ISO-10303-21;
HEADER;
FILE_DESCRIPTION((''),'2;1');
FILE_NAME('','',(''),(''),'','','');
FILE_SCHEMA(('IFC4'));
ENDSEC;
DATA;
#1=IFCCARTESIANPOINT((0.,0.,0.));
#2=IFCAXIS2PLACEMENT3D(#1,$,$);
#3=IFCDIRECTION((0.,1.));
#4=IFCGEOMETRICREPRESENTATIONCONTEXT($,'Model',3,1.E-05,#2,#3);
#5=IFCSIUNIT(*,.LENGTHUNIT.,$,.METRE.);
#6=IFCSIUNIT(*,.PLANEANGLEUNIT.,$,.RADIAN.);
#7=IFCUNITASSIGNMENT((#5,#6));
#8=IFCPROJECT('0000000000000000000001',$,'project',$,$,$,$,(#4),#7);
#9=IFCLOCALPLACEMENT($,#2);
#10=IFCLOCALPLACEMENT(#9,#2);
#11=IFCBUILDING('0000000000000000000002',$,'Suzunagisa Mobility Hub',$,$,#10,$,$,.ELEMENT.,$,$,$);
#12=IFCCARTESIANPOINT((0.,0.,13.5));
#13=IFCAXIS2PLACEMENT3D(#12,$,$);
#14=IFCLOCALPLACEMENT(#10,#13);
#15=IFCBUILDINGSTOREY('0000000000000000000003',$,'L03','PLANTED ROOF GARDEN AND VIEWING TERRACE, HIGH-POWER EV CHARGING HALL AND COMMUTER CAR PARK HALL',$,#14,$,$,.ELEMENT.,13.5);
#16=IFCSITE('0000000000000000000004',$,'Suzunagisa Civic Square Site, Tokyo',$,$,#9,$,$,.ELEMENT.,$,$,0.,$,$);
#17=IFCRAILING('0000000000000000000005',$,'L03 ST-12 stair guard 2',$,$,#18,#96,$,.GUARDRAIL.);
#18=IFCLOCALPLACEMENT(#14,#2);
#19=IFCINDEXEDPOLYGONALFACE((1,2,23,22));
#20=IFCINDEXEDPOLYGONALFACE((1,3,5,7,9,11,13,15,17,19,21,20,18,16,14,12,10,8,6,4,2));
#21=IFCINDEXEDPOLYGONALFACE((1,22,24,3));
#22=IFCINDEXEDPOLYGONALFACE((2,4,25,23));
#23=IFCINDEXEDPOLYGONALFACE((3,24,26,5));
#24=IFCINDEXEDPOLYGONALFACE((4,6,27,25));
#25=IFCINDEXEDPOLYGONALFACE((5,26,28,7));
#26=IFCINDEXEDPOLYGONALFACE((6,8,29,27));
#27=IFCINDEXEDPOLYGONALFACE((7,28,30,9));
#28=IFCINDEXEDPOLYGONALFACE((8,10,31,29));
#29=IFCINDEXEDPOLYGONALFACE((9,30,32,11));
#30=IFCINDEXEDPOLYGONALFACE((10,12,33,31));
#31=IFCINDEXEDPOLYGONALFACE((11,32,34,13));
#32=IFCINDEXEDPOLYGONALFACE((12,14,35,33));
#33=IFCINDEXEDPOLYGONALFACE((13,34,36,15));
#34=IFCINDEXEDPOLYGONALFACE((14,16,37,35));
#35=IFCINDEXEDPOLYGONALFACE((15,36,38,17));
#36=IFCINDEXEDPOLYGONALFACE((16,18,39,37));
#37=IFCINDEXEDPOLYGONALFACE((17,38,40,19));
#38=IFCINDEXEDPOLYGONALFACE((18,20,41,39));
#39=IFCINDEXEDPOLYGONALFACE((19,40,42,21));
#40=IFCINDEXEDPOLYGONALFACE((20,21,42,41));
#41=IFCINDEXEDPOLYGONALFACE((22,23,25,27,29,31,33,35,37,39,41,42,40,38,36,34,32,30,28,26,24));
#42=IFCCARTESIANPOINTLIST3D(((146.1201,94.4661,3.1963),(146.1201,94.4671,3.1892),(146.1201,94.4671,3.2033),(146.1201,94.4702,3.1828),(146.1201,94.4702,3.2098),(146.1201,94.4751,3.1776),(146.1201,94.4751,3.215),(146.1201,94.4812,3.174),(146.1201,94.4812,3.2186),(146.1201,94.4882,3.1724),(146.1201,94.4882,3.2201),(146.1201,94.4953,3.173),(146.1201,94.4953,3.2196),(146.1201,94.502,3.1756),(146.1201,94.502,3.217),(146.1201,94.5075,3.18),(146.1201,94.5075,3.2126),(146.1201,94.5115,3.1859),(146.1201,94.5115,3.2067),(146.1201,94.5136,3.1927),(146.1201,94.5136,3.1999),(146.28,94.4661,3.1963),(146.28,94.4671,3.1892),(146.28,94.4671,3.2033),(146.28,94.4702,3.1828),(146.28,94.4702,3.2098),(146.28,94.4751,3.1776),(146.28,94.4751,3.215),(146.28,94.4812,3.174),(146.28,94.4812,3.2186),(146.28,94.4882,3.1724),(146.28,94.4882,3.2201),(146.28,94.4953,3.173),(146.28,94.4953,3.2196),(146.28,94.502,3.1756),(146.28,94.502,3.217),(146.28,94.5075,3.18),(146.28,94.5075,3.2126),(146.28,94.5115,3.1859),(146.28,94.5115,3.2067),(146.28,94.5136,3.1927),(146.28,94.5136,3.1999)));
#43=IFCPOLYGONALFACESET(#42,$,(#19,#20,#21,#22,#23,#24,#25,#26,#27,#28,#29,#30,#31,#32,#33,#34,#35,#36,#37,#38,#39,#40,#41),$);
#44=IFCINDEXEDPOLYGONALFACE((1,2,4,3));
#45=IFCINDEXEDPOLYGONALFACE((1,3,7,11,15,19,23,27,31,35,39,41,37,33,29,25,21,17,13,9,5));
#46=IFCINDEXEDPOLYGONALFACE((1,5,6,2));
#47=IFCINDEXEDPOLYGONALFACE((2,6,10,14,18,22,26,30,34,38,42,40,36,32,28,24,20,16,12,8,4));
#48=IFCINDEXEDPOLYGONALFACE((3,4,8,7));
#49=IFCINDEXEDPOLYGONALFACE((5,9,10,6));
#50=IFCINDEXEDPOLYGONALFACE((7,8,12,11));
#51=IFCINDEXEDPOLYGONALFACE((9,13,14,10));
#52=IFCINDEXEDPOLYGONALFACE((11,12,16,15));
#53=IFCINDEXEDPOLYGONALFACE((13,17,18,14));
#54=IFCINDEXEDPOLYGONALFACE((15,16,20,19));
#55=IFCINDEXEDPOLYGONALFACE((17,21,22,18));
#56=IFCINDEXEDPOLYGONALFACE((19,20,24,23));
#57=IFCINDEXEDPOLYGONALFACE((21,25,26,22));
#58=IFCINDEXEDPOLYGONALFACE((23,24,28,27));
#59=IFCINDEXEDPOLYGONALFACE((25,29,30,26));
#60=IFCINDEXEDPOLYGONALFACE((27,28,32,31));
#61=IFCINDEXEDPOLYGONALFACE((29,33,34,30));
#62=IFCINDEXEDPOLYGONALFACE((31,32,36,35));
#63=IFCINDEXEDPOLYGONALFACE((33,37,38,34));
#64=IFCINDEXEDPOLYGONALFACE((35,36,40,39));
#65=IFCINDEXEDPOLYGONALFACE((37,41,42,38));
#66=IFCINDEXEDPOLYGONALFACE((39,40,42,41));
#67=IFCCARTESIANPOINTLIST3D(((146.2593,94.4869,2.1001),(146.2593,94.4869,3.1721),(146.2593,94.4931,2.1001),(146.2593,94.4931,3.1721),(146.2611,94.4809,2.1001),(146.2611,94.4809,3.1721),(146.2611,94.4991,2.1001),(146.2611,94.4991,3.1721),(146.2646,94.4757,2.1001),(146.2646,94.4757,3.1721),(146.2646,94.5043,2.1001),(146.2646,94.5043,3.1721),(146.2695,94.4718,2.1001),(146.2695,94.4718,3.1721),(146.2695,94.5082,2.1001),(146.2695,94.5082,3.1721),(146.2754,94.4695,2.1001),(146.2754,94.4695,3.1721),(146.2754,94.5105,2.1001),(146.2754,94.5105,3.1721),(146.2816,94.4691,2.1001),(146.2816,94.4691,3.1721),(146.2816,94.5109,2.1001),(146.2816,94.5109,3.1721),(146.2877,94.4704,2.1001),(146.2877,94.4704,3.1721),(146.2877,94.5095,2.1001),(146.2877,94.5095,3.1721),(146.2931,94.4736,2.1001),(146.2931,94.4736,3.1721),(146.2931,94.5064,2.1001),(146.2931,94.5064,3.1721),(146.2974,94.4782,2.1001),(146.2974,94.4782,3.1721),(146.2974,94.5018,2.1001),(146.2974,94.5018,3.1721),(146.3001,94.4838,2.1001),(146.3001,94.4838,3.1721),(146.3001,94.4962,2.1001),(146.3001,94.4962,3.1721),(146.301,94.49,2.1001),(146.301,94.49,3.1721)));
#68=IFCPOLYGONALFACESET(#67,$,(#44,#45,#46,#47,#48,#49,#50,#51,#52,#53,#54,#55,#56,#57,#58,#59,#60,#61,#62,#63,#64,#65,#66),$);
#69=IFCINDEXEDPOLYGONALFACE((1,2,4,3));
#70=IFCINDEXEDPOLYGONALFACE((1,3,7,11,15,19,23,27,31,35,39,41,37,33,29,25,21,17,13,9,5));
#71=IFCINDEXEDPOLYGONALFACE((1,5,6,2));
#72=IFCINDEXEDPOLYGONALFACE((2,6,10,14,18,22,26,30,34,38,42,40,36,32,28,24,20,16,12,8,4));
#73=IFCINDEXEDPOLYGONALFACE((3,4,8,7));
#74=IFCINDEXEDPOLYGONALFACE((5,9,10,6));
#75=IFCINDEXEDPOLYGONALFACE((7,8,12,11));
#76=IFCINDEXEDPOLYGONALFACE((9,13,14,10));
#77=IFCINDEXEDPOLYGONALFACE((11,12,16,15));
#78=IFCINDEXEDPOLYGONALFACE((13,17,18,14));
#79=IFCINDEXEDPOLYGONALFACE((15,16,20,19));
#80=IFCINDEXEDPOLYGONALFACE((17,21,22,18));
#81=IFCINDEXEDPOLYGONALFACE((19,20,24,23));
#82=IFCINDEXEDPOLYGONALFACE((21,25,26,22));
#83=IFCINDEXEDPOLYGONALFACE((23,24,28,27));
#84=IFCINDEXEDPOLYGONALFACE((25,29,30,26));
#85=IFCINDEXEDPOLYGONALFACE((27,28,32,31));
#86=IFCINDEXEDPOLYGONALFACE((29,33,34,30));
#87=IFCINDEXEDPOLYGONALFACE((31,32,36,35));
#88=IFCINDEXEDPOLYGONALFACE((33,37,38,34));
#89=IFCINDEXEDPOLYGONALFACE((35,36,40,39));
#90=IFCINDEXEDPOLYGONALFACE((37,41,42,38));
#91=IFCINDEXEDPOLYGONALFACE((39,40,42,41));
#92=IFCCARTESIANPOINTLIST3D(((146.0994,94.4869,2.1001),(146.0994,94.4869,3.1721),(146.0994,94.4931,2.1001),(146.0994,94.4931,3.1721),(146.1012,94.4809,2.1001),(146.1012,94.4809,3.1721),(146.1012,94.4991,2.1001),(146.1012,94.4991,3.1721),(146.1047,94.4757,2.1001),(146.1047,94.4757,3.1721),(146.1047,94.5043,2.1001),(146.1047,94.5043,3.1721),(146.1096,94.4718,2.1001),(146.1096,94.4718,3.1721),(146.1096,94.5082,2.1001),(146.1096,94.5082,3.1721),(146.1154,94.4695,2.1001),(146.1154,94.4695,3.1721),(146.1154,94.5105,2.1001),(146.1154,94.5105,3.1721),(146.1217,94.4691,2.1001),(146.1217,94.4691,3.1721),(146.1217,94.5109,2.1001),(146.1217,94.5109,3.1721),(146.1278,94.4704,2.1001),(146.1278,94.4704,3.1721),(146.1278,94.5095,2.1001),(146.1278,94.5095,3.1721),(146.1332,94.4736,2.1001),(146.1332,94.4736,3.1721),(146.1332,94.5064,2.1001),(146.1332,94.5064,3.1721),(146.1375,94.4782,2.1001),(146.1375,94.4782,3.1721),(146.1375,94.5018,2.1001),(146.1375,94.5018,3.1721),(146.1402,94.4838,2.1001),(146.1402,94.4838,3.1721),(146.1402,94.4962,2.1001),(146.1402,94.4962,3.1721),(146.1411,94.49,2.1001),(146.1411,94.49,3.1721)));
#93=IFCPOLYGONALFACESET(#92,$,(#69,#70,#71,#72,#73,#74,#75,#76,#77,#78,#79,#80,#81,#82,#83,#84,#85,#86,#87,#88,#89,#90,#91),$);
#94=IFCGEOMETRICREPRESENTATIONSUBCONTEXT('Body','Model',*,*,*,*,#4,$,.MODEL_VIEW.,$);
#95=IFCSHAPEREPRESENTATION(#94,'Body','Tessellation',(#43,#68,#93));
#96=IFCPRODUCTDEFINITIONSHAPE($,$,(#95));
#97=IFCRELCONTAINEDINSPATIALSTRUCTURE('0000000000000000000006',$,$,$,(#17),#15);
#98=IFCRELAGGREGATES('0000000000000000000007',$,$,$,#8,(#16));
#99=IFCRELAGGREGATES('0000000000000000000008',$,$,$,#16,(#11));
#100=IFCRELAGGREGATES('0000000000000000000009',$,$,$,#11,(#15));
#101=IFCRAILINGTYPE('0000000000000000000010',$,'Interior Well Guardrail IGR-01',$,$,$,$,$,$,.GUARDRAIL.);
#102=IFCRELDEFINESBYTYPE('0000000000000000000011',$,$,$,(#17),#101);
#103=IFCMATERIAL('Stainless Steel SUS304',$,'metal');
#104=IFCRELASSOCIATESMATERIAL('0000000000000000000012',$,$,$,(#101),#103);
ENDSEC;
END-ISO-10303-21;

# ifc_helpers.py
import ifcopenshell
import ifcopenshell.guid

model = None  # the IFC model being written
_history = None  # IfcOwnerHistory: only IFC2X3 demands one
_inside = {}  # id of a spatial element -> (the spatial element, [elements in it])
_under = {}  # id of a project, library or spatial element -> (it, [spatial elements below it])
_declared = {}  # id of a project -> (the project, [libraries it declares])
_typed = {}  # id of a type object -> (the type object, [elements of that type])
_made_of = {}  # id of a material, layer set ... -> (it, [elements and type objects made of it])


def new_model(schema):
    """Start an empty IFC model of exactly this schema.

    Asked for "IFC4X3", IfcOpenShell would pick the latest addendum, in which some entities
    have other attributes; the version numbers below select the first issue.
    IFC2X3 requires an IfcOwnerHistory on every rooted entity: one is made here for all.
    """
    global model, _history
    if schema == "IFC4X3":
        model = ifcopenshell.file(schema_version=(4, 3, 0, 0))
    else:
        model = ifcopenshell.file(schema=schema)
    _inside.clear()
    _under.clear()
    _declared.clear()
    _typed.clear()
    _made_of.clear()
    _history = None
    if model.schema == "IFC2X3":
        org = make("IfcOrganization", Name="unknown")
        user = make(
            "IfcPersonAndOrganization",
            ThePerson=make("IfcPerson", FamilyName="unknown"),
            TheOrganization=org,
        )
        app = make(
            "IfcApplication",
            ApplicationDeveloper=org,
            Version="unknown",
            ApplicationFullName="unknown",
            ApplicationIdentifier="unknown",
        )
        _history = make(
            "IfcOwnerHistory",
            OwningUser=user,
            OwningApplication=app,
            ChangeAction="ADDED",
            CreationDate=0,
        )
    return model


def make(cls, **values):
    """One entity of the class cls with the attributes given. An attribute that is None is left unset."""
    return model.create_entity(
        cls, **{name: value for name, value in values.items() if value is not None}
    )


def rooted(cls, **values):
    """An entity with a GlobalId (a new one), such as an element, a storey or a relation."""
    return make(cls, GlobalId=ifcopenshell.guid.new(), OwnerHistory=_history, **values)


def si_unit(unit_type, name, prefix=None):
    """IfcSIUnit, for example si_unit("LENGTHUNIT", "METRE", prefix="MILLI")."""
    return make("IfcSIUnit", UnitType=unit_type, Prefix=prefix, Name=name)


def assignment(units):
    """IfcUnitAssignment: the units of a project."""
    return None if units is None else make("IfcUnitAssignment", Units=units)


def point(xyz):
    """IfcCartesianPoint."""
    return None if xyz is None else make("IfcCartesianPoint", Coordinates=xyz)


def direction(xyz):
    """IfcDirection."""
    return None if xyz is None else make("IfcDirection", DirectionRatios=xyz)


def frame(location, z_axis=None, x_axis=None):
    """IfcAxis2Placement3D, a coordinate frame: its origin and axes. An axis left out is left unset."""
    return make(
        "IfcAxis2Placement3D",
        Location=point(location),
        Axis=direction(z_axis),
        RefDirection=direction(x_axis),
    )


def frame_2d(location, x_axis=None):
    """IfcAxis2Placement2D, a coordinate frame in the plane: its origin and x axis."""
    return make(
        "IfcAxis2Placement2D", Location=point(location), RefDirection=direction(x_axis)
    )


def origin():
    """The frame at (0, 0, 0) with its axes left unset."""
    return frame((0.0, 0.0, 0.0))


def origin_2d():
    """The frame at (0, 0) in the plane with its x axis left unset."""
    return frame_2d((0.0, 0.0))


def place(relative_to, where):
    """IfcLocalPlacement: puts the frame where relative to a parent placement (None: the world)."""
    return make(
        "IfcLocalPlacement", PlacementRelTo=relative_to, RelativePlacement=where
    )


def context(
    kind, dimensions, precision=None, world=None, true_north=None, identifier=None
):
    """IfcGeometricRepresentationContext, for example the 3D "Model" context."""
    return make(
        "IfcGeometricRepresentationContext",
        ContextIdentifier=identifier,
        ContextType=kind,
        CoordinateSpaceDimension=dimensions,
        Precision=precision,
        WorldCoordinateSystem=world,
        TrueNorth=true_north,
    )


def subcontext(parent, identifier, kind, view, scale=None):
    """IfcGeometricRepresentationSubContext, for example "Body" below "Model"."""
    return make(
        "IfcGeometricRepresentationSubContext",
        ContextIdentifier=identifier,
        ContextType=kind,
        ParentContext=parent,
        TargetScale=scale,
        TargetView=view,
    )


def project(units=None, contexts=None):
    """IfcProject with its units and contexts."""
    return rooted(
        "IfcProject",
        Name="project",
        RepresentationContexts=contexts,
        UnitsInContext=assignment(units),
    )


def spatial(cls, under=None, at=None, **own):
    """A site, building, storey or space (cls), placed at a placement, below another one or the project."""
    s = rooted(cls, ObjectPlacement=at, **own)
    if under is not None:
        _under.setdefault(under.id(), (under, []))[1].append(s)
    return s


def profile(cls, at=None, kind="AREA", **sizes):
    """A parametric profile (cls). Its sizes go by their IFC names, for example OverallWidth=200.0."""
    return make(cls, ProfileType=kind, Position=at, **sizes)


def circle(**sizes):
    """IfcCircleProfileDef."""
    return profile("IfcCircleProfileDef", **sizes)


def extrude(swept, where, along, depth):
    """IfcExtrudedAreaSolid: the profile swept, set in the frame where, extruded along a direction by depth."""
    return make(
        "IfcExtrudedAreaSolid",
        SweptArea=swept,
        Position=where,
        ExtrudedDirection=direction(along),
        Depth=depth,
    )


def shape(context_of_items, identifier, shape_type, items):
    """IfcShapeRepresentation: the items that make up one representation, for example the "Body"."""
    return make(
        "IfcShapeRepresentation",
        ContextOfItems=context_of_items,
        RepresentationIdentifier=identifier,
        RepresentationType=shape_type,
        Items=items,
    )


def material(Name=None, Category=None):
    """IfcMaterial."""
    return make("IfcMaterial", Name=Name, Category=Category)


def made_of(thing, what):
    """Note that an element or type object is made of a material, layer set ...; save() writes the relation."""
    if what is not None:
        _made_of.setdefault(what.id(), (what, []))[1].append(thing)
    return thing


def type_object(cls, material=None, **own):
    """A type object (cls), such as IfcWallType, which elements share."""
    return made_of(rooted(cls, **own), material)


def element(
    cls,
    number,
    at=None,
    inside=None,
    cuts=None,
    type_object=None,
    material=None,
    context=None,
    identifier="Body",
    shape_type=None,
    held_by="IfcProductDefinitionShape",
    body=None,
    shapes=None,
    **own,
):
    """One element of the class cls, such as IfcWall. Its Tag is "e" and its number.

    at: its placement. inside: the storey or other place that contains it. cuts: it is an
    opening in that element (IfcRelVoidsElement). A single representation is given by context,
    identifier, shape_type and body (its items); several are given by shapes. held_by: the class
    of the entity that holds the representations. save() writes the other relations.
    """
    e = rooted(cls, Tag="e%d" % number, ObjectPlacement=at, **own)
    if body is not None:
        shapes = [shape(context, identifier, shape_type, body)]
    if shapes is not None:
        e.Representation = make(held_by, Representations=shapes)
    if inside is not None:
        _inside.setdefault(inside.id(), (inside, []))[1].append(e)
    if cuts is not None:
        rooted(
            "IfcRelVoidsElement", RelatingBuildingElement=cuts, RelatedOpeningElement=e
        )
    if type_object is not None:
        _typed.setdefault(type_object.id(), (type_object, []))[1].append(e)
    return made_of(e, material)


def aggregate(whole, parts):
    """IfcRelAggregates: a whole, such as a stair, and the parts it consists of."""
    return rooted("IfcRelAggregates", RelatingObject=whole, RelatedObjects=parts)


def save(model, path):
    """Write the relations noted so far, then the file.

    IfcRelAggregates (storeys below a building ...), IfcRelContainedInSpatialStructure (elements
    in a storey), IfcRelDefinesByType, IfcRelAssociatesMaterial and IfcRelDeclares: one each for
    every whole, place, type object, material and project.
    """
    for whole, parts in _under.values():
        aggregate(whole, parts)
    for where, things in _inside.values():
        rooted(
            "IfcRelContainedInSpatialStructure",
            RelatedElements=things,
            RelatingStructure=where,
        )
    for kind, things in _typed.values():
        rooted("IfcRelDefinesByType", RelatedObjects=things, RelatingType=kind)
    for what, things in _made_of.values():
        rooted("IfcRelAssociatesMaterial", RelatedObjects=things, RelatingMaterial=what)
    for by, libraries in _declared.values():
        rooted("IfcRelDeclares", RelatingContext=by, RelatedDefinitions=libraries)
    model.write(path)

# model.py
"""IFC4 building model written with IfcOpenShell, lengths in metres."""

from ifc_helpers import new_model, si_unit, direction, frame, origin, origin_2d, place, context, subcontext, project, spatial, circle, extrude, material, type_object, element, save


model = new_model("IFC4")

# Units and contexts
model_context = context("Model", 3, precision=1e-05, world=origin(), true_north=direction((0.0, 1.0)))
body_context = subcontext(model_context, "Body", "Model", "MODEL_VIEW")
ifc_project = project(units=[si_unit("LENGTHUNIT", "METRE"), si_unit("PLANEANGLEUNIT", "RADIAN")], contexts=[model_context])

# Site, building, storey
site_placement = place(None, origin())
site = spatial("IfcSite", under=ifc_project, at=site_placement, Name="Suzunagisa Civic Square Site, Tokyo", CompositionType="ELEMENT", RefElevation=0.0)
building_placement = place(site_placement, origin())
building = spatial("IfcBuilding", under=site, at=building_placement, Name="Suzunagisa Mobility Hub", CompositionType="ELEMENT")
storey_placement = place(building_placement, frame((0.0, 0.0, 13.5)))
storey = spatial("IfcBuildingStorey", under=building, at=storey_placement, Name="L03", Description="PLANTED ROOF GARDEN AND VIEWING TERRACE, HIGH-POWER EV CHARGING HALL AND COMMUTER CAR PARK HALL", CompositionType="ELEMENT", Elevation=13.5)

# Railing
ifc_material_1 = material(Name="Stainless Steel SUS304", Category="metal")
railing_type_1 = type_object("IfcRailingType", Name="Interior Well Guardrail IGR-01", PredefinedType="GUARDRAIL", material=ifc_material_1)
railing_1_placement = place(storey_placement, frame((146.28, 94.49, 2.1001)))
element("IfcRailing", 1, at=railing_1_placement, inside=storey, type_object=railing_type_1, Name="L03 ST-12 stair guard 2", PredefinedType="GUARDRAIL", context=body_context, shape_type="SweptSolid", body=[
    extrude(circle(Radius=0.0239, at=origin_2d()), frame((0.0, 0.0, 1.0962), z_axis=(-1.0, 0.0, 0.0), x_axis=(0.0, -1.0, 0.0)), (0.0, 0.0, 1.0), 0.1599),
    extrude(circle(Radius=0.021, at=origin_2d()), origin(), (0.0, 0.0, 1.0), 1.072),
    extrude(circle(Radius=0.021, at=origin_2d()), frame((-0.1599, 0.0, 0.0)), (0.0, 0.0, 1.0), 1.072),
])

save(model, "model.ifc")
